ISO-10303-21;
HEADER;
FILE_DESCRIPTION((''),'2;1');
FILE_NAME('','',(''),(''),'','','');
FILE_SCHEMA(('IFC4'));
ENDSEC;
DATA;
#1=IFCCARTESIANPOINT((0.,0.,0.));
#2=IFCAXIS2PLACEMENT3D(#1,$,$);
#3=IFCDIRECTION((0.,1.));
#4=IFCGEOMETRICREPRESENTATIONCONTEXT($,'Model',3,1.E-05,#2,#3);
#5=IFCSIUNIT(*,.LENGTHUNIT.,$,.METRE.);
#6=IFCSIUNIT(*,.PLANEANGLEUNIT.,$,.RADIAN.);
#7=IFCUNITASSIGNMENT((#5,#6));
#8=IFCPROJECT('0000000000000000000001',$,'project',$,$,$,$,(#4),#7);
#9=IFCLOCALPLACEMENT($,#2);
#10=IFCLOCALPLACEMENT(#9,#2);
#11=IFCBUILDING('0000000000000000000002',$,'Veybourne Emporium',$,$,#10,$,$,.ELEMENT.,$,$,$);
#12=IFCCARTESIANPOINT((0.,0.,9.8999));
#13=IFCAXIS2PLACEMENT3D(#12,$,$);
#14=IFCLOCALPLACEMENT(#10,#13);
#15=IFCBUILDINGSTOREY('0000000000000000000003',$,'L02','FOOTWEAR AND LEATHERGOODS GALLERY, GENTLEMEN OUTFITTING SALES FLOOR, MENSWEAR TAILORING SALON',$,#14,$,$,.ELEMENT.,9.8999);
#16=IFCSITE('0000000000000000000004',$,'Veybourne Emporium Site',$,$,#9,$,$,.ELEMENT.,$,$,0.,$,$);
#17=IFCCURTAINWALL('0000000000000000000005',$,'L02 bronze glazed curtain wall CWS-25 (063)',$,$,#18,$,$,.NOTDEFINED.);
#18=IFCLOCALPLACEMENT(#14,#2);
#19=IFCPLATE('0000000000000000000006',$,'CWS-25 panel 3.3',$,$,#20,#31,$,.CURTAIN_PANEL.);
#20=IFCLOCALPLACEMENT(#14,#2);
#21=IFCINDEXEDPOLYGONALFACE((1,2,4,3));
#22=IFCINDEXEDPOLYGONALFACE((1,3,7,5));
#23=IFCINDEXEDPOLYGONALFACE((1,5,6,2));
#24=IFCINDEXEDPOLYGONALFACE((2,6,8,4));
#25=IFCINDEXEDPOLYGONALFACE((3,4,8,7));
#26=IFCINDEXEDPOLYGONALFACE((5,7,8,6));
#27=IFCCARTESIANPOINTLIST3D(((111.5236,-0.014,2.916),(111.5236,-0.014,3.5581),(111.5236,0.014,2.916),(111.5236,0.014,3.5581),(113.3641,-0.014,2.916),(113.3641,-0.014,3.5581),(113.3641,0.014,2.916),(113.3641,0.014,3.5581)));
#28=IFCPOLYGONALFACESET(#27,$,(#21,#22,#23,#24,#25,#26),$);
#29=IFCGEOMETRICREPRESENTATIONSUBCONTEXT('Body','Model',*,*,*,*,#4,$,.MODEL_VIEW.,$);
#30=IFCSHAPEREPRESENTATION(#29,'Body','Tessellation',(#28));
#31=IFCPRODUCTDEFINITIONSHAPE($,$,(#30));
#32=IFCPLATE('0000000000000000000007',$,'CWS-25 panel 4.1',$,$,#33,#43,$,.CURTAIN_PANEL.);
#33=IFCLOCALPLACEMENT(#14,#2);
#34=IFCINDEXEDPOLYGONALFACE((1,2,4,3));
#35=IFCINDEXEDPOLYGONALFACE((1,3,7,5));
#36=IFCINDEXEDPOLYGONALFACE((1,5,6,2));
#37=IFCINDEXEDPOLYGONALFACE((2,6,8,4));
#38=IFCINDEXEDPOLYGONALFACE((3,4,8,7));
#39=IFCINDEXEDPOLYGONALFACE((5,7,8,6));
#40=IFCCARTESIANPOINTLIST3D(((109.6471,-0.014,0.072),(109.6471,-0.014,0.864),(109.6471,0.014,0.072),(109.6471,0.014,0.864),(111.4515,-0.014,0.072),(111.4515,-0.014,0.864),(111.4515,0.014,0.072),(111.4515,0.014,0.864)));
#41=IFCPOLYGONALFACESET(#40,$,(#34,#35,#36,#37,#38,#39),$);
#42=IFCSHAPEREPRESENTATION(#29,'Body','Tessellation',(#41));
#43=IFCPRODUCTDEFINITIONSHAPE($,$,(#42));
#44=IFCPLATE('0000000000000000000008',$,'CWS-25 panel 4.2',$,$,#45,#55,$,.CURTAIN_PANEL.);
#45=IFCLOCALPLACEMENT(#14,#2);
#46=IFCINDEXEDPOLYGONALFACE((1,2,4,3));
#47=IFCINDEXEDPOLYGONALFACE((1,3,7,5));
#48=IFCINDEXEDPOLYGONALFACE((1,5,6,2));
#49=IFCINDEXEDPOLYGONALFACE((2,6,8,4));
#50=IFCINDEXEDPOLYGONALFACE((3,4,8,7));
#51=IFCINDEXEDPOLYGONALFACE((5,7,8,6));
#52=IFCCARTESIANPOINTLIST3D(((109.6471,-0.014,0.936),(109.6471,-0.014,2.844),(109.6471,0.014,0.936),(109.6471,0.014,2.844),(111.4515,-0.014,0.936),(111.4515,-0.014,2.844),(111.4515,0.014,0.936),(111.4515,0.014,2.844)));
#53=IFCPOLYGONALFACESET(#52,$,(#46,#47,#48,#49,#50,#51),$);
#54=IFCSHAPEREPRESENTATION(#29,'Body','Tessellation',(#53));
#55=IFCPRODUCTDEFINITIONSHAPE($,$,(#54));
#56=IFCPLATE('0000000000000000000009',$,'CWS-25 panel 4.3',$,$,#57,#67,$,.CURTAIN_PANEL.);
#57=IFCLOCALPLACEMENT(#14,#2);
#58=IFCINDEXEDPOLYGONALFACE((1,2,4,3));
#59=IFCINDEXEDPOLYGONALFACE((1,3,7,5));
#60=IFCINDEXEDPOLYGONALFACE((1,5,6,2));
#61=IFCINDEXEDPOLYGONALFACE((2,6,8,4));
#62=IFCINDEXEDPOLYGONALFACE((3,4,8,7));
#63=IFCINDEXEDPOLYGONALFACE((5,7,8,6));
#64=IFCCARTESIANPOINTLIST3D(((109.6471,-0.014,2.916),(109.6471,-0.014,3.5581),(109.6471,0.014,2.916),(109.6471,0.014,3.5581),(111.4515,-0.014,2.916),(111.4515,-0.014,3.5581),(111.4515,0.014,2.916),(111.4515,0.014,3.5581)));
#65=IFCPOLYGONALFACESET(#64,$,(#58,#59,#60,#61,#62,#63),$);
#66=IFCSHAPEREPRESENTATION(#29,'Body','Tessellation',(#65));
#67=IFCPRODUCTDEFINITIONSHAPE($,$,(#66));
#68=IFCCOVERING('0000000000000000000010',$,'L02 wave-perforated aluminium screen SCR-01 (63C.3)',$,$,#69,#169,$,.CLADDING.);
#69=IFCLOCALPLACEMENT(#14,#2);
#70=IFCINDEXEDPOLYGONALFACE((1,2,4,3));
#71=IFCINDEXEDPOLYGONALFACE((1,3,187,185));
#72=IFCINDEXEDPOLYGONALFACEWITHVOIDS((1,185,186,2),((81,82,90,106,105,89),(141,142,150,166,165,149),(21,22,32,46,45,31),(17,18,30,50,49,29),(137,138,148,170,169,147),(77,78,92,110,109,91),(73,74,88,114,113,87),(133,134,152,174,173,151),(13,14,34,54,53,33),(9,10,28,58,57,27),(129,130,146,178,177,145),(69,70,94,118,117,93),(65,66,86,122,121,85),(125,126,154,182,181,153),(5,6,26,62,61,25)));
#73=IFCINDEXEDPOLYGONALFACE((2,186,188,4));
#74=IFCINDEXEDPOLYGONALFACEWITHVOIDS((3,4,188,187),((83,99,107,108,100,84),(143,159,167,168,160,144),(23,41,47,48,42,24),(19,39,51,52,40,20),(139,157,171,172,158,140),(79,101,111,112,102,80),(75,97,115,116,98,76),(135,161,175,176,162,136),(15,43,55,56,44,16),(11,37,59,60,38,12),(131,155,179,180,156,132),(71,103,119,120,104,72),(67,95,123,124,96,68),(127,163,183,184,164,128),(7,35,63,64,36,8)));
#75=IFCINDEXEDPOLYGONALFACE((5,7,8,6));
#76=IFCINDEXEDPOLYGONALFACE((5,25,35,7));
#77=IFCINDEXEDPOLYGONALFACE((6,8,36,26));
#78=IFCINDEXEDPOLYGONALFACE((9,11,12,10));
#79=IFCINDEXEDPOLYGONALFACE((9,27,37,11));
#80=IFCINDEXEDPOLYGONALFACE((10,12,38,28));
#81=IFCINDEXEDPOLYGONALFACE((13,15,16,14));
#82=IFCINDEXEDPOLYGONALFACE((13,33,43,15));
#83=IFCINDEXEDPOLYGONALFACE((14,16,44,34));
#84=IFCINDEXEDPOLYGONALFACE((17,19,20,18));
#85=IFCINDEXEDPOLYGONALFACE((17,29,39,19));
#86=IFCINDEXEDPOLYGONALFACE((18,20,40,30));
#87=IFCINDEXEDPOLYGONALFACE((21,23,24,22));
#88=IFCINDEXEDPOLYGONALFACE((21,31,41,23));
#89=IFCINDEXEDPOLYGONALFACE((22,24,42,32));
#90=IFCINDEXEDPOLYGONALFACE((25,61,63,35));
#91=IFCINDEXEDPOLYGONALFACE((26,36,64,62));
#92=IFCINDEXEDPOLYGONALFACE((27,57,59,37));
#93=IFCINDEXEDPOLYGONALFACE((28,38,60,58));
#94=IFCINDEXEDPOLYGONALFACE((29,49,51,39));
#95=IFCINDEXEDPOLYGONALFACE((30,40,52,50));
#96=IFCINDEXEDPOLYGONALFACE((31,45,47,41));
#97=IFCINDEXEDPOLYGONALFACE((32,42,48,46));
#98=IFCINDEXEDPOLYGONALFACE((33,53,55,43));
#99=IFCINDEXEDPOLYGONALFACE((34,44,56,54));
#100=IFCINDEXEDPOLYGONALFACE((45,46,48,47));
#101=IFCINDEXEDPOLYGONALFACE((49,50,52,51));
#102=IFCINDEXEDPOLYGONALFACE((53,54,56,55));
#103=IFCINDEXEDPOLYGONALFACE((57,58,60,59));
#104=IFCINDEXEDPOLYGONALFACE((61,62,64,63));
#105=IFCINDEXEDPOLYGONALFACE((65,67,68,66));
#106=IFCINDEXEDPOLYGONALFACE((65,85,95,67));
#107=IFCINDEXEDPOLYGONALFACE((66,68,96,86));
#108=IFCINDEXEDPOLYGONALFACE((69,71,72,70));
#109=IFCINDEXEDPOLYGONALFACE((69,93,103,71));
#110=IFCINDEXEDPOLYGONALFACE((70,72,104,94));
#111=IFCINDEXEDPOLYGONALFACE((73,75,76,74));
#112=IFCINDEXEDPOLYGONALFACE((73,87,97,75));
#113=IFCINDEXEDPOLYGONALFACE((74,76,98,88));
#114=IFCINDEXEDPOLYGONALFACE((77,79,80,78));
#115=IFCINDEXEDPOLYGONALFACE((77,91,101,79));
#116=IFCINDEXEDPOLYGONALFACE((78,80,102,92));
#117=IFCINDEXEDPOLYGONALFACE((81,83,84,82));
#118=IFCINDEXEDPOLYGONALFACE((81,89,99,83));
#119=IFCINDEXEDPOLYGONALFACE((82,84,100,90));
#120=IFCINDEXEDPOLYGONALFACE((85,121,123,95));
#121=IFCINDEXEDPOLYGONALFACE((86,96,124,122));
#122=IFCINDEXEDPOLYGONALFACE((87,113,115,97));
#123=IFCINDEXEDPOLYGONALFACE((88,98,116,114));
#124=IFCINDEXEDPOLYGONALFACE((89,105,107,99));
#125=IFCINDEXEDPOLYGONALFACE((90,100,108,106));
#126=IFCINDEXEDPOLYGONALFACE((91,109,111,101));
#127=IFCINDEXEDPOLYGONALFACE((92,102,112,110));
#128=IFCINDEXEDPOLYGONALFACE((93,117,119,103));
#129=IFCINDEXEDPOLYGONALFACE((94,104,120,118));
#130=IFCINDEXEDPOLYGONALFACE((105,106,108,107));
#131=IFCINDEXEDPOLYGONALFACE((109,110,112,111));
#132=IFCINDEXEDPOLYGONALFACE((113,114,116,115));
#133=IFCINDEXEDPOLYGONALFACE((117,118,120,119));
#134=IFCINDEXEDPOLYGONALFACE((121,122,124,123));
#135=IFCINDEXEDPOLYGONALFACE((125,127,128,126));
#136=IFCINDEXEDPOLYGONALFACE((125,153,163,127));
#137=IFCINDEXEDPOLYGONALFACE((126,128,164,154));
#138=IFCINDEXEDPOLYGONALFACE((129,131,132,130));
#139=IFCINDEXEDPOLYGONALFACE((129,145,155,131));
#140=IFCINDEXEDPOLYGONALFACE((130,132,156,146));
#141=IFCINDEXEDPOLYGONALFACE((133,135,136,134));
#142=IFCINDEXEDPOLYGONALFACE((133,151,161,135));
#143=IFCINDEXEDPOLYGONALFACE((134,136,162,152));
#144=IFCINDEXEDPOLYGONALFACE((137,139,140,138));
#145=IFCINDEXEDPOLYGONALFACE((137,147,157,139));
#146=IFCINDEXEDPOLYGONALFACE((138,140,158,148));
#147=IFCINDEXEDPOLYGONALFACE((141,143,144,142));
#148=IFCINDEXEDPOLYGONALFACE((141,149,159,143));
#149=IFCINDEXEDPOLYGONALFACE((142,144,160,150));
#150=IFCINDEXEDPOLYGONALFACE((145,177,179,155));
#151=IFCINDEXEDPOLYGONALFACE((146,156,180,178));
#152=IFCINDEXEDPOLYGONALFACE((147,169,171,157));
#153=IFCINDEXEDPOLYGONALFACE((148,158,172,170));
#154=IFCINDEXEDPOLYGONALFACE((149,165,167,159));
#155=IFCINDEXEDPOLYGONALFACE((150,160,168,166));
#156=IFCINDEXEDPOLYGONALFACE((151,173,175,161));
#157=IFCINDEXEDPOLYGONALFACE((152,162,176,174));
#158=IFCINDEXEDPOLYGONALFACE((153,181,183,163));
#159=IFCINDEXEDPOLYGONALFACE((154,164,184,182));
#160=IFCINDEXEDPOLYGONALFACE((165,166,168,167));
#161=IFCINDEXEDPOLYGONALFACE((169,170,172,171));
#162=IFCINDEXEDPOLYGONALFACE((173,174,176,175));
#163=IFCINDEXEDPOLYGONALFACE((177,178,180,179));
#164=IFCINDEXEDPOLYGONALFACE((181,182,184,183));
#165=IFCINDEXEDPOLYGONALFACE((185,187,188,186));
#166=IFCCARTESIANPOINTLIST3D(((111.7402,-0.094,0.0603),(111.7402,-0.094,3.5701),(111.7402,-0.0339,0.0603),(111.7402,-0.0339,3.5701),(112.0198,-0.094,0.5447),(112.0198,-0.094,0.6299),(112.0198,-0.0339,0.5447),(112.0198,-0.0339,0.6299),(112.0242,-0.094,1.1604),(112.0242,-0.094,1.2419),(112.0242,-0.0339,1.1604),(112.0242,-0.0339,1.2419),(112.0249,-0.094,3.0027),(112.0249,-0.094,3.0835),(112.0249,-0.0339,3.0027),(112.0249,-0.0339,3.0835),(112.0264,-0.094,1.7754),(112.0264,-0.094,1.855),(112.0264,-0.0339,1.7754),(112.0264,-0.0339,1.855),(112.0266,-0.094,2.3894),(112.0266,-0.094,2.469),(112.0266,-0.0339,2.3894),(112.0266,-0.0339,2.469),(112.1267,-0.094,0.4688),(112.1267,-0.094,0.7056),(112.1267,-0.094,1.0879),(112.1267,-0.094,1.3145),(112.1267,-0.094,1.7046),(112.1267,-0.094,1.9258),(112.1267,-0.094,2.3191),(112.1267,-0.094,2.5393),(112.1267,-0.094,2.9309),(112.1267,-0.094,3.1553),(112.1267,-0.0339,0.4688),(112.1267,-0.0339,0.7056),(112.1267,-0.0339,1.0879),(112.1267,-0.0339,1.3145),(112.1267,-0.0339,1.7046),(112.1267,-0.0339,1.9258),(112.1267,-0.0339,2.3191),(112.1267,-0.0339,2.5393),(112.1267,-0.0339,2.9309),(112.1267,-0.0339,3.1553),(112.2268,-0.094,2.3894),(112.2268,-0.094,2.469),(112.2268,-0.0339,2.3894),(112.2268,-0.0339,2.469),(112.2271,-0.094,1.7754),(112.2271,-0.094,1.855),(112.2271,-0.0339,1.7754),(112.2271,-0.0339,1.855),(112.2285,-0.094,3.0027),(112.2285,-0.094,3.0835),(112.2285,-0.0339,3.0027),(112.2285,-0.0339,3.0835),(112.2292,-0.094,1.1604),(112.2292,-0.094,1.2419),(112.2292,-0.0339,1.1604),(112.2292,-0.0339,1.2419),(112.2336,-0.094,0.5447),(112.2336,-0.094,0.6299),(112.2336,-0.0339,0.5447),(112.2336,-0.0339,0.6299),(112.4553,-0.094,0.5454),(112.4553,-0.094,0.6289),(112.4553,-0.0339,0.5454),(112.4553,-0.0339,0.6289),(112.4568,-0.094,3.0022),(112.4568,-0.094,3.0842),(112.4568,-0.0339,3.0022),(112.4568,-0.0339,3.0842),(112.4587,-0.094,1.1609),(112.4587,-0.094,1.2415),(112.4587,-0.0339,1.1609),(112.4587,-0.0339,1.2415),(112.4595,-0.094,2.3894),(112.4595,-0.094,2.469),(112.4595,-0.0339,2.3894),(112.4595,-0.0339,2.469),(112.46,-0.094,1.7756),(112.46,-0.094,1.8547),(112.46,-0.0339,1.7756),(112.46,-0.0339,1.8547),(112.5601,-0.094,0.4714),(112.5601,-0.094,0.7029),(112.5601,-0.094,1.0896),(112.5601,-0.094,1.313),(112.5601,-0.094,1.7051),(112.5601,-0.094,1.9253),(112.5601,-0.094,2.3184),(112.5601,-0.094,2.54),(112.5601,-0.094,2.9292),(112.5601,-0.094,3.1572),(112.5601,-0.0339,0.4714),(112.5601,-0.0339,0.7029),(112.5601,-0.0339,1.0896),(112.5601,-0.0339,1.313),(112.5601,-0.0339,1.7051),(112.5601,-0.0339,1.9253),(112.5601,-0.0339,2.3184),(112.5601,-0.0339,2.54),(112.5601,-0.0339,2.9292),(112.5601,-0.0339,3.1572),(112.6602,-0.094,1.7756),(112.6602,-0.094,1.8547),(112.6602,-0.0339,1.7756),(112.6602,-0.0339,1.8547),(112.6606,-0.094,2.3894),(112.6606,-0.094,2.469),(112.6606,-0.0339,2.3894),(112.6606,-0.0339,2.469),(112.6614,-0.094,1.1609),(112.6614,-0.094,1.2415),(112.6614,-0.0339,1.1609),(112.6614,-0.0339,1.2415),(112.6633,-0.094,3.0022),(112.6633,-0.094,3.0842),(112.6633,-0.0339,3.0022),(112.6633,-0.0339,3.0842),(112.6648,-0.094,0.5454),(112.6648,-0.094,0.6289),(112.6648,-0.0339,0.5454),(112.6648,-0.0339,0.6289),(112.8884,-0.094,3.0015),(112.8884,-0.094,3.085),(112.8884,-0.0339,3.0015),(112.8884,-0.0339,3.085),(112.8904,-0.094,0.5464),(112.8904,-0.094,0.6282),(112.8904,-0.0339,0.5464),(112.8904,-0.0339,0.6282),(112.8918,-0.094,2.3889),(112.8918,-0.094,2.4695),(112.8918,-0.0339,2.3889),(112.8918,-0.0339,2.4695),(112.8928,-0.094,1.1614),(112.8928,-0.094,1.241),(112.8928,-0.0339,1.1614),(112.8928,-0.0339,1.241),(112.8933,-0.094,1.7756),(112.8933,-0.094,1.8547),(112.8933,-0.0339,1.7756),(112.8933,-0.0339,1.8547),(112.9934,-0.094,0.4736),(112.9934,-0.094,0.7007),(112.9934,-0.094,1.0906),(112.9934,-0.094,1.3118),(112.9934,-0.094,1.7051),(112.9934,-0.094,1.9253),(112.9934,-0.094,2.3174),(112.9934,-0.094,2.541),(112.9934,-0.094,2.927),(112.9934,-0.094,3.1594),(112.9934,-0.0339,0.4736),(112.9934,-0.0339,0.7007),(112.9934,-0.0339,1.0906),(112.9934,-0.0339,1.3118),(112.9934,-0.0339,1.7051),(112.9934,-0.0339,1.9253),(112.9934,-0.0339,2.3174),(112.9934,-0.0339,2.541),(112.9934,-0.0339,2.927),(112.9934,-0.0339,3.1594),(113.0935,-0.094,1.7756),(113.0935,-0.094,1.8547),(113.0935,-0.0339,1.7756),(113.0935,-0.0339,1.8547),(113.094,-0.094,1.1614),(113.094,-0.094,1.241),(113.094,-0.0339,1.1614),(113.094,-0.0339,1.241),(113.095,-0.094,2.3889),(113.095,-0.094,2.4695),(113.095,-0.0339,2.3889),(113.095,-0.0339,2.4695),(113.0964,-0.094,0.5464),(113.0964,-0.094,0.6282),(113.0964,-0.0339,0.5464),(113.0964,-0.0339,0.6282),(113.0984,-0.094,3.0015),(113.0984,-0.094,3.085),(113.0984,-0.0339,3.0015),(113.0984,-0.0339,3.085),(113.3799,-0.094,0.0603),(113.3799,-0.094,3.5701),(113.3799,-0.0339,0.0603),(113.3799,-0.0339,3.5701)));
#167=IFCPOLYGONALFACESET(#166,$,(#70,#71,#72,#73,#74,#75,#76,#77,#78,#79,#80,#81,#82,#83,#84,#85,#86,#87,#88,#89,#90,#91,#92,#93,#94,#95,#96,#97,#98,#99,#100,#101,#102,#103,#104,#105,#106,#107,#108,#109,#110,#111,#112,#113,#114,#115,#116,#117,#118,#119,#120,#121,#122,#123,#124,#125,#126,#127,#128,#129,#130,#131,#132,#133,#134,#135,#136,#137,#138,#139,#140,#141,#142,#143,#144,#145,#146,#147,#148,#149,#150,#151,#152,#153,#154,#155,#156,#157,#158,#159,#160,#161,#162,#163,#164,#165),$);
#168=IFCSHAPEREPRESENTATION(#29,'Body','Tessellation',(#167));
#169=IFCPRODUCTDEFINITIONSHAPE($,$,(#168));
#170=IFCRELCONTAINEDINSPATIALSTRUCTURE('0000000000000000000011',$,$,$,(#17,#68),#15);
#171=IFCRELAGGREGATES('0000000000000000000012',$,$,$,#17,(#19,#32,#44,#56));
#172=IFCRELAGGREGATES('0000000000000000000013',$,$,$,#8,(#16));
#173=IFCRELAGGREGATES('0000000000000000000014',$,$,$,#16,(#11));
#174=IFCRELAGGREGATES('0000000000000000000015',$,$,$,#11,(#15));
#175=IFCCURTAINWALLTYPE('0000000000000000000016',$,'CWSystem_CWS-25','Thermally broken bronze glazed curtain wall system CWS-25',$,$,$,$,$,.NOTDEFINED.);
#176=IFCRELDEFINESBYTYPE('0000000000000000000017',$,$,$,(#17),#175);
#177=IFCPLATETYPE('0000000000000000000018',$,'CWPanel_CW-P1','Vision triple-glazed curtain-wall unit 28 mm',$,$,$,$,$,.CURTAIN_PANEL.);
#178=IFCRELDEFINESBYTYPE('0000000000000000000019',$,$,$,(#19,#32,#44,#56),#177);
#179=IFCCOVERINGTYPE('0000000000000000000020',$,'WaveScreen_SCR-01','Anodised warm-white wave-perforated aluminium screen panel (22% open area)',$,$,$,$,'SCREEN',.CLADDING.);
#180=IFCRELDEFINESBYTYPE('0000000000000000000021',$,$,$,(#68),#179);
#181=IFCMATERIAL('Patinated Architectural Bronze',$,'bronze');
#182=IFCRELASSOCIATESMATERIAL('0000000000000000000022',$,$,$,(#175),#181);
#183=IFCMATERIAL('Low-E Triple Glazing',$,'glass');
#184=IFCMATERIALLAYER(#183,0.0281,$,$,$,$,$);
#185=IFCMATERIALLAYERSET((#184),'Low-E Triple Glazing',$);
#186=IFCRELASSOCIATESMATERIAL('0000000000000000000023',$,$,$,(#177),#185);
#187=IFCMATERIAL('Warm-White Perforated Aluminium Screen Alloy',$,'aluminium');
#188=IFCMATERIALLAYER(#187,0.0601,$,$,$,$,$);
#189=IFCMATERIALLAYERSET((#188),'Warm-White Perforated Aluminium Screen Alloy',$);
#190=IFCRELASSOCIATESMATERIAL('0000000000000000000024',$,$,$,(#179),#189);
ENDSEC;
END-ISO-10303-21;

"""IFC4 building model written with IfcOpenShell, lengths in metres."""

from ifc_helpers import new_model, si_unit, direction, frame, origin, origin_2d, place, context, subcontext, project, spatial, polyline, rectangle, outline, extrude, material, layer, layer_set, type_object, element, aggregate, save


model = new_model("IFC4")

# Units and contexts
model_context = context("Model", 3, precision=1e-05, world=origin(), true_north=direction((0.0, 1.0)))
body_context = subcontext(model_context, "Body", "Model", "MODEL_VIEW")
ifc_project = project(units=[si_unit("LENGTHUNIT", "METRE"), si_unit("PLANEANGLEUNIT", "RADIAN")], contexts=[model_context])

# Site, building, storey
site_placement = place(None, origin())
site = spatial("IfcSite", under=ifc_project, at=site_placement, Name="Veybourne Emporium Site", CompositionType="ELEMENT", RefElevation=0.0)
building_placement = place(site_placement, origin())
building = spatial("IfcBuilding", under=site, at=building_placement, Name="Veybourne Emporium", CompositionType="ELEMENT")
storey_placement = place(building_placement, frame((0.0, 0.0, 9.8999)))
storey = spatial("IfcBuildingStorey", under=building, at=storey_placement, Name="L02", Description="FOOTWEAR AND LEATHERGOODS GALLERY, GENTLEMEN OUTFITTING SALES FLOOR, MENSWEAR TAILORING SALON", CompositionType="ELEMENT", Elevation=9.8999)

# Curtain wall
ifc_material_1 = material(Name="Patinated Architectural Bronze", Category="bronze")
curtain_wall_type = type_object("IfcCurtainWallType", Name="CWSystem_CWS-25", Description="Thermally broken bronze glazed curtain wall system CWS-25", PredefinedType="NOTDEFINED", material=ifc_material_1)
curtain_wall_placement = place(storey_placement, origin())
curtain_wall = element("IfcCurtainWall", 1, at=curtain_wall_placement, inside=storey, type_object=curtain_wall_type, Name="L02 bronze glazed curtain wall CWS-25 (063)", PredefinedType="NOTDEFINED")

# Plates
ifc_material_2 = material(Name="Low-E Triple Glazing", Category="glass")
ifc_layer_1 = layer(ifc_material_2, 0.0281)
ifc_layer_set_1 = layer_set([ifc_layer_1], Name="Low-E Triple Glazing")
plate_type = type_object("IfcPlateType", Name="CWPanel_CW-P1", Description="Vision triple-glazed curtain-wall unit 28 mm", PredefinedType="CURTAIN_PANEL", material=ifc_layer_set_1)
plate_1_placement = place(storey_placement, frame((112.4438, 0.0, 2.916), z_axis=(0.0, 0.0, 1.0), x_axis=(-1.0, 0.0, 0.0)))
plate_1 = element("IfcPlate", 2, at=plate_1_placement, type_object=plate_type, Name="CWS-25 panel 3.3", PredefinedType="CURTAIN_PANEL", context=body_context, shape_type="SweptSolid", body=[
    extrude(rectangle(XDim=1.8406, YDim=0.0281, at=origin_2d()), origin(), (0.0, 0.0, 1.0), 0.6421),
])
plate_2_placement = place(storey_placement, frame((110.5493, 0.0, 0.072), z_axis=(0.0, 0.0, 1.0), x_axis=(-1.0, 0.0, 0.0)))
plate_2 = element("IfcPlate", 3, at=plate_2_placement, type_object=plate_type, Name="CWS-25 panel 4.1", PredefinedType="CURTAIN_PANEL", context=body_context, shape_type="SweptSolid", body=[
    extrude(rectangle(XDim=1.8044, YDim=0.0281, at=origin_2d()), origin(), (0.0, 0.0, 1.0), 0.792),
])
plate_3_placement = place(storey_placement, frame((110.5493, 0.0, 0.936), z_axis=(0.0, 0.0, 1.0), x_axis=(-1.0, 0.0, 0.0)))
plate_3 = element("IfcPlate", 4, at=plate_3_placement, type_object=plate_type, Name="CWS-25 panel 4.2", PredefinedType="CURTAIN_PANEL", context=body_context, shape_type="SweptSolid", body=[
    extrude(rectangle(XDim=1.8044, YDim=0.0281, at=origin_2d()), origin(), (0.0, 0.0, 1.0), 1.908),
])
plate_4_placement = place(storey_placement, frame((110.5493, 0.0, 2.916), z_axis=(0.0, 0.0, 1.0), x_axis=(-1.0, 0.0, 0.0)))
plate_4 = element("IfcPlate", 5, at=plate_4_placement, type_object=plate_type, Name="CWS-25 panel 4.3", PredefinedType="CURTAIN_PANEL", context=body_context, shape_type="SweptSolid", body=[
    extrude(rectangle(XDim=1.8044, YDim=0.0281, at=origin_2d()), origin(), (0.0, 0.0, 1.0), 0.6421),
])
aggregate(curtain_wall, [plate_1, plate_2, plate_3, plate_4])

# Covering
ifc_material_3 = material(Name="Warm-White Perforated Aluminium Screen Alloy", Category="aluminium")
ifc_layer_2 = layer(ifc_material_3, 0.0601)
ifc_layer_set_2 = layer_set([ifc_layer_2], Name="Warm-White Perforated Aluminium Screen Alloy")
covering_type_1 = type_object("IfcCoveringType", Name="WaveScreen_SCR-01", Description="Anodised warm-white wave-perforated aluminium screen panel (22% open area)", ElementType="SCREEN", PredefinedType="CLADDING", material=ifc_layer_set_2)
covering_1_placement = place(storey_placement, frame((112.5601, -0.094, 1.8152), z_axis=(0.0, 1.0, 0.0), x_axis=(-1.0, 0.0, 0.0)))
element("IfcCovering", 6, at=covering_1_placement, inside=storey, type_object=covering_type_1, Name="L02 wave-perforated aluminium screen SCR-01 (63C.3)", PredefinedType="CLADDING", context=body_context, shape_type="SweptSolid", body=[
    extrude(outline(polyline([(-0.8198, -1.7549), (0.8198, -1.7549), (0.8198, 1.7549), (-0.8198, 1.7549), (-0.8198, -1.7549)]), holes=[polyline([(-0.4333, -1.1145), (-0.3303, -1.187), (-0.3303, -1.2688), (-0.4333, -1.3416), (-0.5364, -1.2688), (-0.5364, -1.187), (-0.4333, -1.1145)]), polyline([(-0.4333, -0.5034), (-0.3328, -0.5742), (-0.3328, -0.6538), (-0.4333, -0.7246), (-0.5339, -0.6538), (-0.5339, -0.5742), (-0.4333, -0.5034)]), polyline([(-0.4333, 0.1101), (-0.3333, 0.0396), (-0.3333, -0.0396), (-0.4333, -0.1101), (-0.5334, -0.0396), (-0.5334, 0.0396), (-0.4333, 0.1101)]), polyline([(-0.4333, 0.7258), (-0.3318, 0.6543), (-0.3318, 0.5737), (-0.4333, 0.5022), (-0.5349, 0.5737), (-0.5349, 0.6543), (-0.4333, 0.7258)]), polyline([(-0.4333, 1.3442), (-0.3284, 1.2698), (-0.3284, 1.1863), (-0.4333, 1.1118), (-0.5383, 1.1863), (-0.5383, 1.2698), (-0.4333, 1.3442)]), polyline([(0.0, -1.1123), (0.1047, -1.1863), (0.1047, -1.2698), (0.0, -1.3438), (-0.1047, -1.2698), (-0.1047, -1.1863), (0.0, -1.1123)]), polyline([(0.0, -0.5022), (0.1013, -0.5737), (0.1013, -0.6543), (0.0, -0.7256), (-0.1013, -0.6543), (-0.1013, -0.5737), (0.0, -0.5022)]), polyline([(0.0, 0.1101), (0.1001, 0.0396), (0.1001, -0.0396), (0.0, -0.1101), (-0.1001, -0.0396), (-0.1001, 0.0396), (0.0, 0.1101)]), polyline([(0.0, 0.7249), (0.1006, 0.6538), (0.1006, 0.5742), (0.0, 0.5032), (-0.1006, 0.5742), (-0.1006, 0.6538), (0.0, 0.7249)]), polyline([(0.0, 1.342), (0.1033, 1.269), (0.1033, 1.187), (0.0, 1.114), (-0.1033, 1.187), (-0.1033, 1.269), (0.0, 1.342)]), polyline([(0.4333, -1.1096), (0.5403, -1.1853), (0.5403, -1.2705), (0.4333, -1.3464), (0.3264, -1.2705), (0.3264, -1.1853), (0.4333, -1.1096)]), polyline([(0.4333, -0.5007), (0.5359, -0.5732), (0.5359, -0.6548), (0.4333, -0.7273), (0.3308, -0.6548), (0.3308, -0.5732), (0.4333, -0.5007)]), polyline([(0.4333, 0.1106), (0.5337, 0.0398), (0.5337, -0.0398), (0.4333, -0.1106), (0.333, -0.0398), (0.333, 0.0398), (0.4333, 0.1106)]), polyline([(0.4333, 0.7241), (0.5334, 0.6538), (0.5334, 0.5742), (0.4333, 0.5039), (0.3333, 0.5742), (0.3333, 0.6538), (0.4333, 0.7241)]), polyline([(0.4333, 1.3401), (0.5352, 1.2683), (0.5352, 1.1875), (0.4333, 1.1157), (0.3315, 1.1875), (0.3315, 1.2683), (0.4333, 1.3401)])]), origin(), (0.0, 0.0, 1.0), 0.0601),
])

save(model, "model.ifc")
